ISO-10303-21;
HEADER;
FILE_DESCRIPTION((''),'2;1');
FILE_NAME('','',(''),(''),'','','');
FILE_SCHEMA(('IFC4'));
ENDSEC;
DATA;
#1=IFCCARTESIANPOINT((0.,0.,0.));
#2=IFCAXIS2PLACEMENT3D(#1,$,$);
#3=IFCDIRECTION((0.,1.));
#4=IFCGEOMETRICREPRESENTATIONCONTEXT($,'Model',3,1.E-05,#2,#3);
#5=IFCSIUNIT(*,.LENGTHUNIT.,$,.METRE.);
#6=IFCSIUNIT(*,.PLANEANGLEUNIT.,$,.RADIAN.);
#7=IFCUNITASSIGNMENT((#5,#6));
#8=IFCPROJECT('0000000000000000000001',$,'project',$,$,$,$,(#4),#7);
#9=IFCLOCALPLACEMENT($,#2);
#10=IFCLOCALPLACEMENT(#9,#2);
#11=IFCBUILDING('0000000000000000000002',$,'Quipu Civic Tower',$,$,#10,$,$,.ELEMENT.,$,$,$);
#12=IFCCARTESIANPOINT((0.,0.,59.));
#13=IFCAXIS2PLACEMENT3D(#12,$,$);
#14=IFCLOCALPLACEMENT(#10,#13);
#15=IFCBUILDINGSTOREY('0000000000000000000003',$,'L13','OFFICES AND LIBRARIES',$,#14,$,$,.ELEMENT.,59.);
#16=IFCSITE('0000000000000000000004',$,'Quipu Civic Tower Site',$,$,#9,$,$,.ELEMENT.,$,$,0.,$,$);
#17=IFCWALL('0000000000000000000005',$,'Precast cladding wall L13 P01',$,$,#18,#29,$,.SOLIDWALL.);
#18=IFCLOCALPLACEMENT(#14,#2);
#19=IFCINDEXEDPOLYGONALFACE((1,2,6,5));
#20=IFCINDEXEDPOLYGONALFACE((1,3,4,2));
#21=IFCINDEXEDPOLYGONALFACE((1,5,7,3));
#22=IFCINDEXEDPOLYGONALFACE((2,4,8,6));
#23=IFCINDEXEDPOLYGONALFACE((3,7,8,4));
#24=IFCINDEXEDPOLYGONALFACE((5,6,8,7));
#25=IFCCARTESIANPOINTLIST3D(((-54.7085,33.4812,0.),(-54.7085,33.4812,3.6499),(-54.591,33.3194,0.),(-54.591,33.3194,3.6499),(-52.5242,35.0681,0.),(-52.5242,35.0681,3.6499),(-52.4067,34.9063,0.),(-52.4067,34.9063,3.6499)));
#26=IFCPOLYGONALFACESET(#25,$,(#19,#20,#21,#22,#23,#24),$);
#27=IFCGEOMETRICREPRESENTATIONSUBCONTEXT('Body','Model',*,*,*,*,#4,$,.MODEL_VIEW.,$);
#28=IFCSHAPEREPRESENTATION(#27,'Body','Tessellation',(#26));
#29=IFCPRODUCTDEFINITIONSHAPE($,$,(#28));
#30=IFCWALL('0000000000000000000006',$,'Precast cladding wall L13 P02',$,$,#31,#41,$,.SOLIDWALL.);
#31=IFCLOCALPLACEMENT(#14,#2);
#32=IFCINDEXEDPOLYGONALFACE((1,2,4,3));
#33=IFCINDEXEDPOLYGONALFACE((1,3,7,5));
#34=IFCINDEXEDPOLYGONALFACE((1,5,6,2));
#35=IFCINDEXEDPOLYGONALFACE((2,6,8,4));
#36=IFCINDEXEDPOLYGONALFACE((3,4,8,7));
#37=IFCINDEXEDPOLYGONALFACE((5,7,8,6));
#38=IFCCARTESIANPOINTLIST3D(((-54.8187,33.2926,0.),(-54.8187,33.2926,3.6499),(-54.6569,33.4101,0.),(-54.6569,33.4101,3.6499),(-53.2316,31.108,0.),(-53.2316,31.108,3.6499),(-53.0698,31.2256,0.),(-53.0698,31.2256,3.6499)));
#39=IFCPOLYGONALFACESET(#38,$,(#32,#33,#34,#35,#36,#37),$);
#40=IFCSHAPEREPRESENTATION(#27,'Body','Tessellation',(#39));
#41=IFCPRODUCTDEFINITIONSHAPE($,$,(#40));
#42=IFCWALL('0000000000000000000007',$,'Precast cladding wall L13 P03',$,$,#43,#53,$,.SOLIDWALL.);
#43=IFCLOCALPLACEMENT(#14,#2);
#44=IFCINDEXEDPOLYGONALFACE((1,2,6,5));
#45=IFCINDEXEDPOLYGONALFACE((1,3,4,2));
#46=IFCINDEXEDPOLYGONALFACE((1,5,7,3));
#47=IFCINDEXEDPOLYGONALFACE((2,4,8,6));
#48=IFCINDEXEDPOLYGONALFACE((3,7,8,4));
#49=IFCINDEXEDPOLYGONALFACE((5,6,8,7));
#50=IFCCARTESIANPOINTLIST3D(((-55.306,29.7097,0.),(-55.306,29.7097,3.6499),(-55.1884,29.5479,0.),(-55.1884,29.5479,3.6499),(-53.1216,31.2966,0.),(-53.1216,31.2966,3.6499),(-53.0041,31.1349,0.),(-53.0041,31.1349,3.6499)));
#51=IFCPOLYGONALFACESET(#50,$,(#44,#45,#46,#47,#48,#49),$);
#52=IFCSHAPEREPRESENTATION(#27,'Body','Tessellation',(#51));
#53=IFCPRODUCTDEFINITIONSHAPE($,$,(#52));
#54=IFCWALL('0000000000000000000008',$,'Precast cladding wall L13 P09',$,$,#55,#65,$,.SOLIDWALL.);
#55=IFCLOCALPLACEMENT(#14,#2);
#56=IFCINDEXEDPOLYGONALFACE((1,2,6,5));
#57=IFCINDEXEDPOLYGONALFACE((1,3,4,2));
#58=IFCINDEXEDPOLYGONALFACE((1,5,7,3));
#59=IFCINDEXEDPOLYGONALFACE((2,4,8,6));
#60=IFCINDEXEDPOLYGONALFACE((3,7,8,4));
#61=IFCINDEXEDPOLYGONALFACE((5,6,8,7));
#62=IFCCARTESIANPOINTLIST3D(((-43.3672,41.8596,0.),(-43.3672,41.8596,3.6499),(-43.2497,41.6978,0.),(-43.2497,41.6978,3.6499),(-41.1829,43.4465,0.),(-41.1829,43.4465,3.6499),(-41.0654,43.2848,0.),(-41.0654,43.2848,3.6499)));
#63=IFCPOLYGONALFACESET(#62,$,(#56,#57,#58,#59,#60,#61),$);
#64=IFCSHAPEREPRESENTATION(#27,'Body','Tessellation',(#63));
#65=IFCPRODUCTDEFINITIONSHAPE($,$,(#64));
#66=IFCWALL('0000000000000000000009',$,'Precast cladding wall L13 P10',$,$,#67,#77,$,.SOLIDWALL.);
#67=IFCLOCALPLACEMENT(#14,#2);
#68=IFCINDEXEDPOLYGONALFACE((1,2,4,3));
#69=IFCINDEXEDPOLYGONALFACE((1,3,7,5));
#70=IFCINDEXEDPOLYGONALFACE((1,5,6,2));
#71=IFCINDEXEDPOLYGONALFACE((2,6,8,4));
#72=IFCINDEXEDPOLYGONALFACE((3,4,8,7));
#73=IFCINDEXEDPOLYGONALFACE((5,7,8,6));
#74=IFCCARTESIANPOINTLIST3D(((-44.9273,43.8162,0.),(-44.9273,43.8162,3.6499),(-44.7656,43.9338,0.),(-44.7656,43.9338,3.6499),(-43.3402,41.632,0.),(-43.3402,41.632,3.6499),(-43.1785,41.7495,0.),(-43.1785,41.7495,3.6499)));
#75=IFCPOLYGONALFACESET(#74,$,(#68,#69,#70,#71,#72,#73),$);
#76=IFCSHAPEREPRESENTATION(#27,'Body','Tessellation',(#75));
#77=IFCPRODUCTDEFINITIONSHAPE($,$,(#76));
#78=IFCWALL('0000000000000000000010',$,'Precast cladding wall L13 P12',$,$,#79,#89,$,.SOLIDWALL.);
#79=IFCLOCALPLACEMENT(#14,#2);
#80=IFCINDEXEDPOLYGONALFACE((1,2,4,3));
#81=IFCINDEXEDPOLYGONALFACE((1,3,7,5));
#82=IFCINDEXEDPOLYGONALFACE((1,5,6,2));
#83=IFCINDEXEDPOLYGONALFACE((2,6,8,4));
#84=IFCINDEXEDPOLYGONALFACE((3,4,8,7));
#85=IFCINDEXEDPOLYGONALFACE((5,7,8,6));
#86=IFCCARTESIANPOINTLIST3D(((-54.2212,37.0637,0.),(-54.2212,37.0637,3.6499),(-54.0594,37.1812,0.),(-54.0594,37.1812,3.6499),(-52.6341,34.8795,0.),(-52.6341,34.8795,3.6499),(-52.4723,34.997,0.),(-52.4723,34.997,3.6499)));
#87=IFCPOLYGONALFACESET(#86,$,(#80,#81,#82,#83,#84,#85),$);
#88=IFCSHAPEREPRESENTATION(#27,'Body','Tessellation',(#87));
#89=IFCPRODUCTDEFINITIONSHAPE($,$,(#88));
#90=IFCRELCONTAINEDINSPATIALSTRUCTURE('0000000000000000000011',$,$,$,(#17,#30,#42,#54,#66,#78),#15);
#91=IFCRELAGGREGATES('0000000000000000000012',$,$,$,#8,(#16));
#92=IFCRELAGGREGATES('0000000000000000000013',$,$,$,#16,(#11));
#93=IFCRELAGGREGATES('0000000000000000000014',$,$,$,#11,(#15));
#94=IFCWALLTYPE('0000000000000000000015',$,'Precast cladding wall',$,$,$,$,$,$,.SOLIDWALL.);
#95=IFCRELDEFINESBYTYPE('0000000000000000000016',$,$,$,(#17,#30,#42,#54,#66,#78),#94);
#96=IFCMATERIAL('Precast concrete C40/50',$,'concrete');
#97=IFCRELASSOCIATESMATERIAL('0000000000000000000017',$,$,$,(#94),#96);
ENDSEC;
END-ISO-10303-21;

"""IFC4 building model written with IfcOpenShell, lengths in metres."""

from ifc_helpers import new_model, si_unit, direction, frame, frame_2d, origin, place, context, subcontext, project, spatial, rectangle, extrude, material, type_object, element, save


model = new_model("IFC4")

# Units and contexts
model_context = context("Model", 3, precision=1e-05, world=origin(), true_north=direction((0.0, 1.0)))
body_context = subcontext(model_context, "Body", "Model", "MODEL_VIEW")
ifc_project = project(units=[si_unit("LENGTHUNIT", "METRE"), si_unit("PLANEANGLEUNIT", "RADIAN")], contexts=[model_context])

# Site, building, storey
site_placement = place(None, origin())
site = spatial("IfcSite", under=ifc_project, at=site_placement, Name="Quipu Civic Tower Site", CompositionType="ELEMENT", RefElevation=0.0)
building_placement = place(site_placement, origin())
building = spatial("IfcBuilding", under=site, at=building_placement, Name="Quipu Civic Tower", CompositionType="ELEMENT")
storey_placement = place(building_placement, frame((0.0, 0.0, 59.0)))
storey = spatial("IfcBuildingStorey", under=building, at=storey_placement, Name="L13", Description="OFFICES AND LIBRARIES", CompositionType="ELEMENT", Elevation=59.0)

# Walls
ifc_material_1 = material(Name="Precast concrete C40/50", Category="concrete")
wall_type_1 = type_object("IfcWallType", Name="Precast cladding wall", PredefinedType="SOLIDWALL", material=ifc_material_1)
wall_1_placement = place(storey_placement, frame((-52.4653, 34.9873, 0.0), z_axis=(0.0, 0.0, 1.0), x_axis=(-0.809033, -0.587763, 0.0)))
element("IfcWall", 1, at=wall_1_placement, inside=storey, type_object=wall_type_1, Name="Precast cladding wall L13 P01", PredefinedType="SOLIDWALL", context=body_context, shape_type="SweptSolid", body=[
    extrude(rectangle(XDim=2.7, YDim=0.2, at=frame_2d((1.3501, 0.0))), origin(), (0.0, 0.0, 1.0), 3.6499),
])
wall_2_placement = place(storey_placement, frame((-54.7378, 33.3513, 0.0), z_axis=(0.0, 0.0, 1.0), x_axis=(0.587779, -0.809021, 0.0)))
element("IfcWall", 2, at=wall_2_placement, inside=storey, type_object=wall_type_1, Name="Precast cladding wall L13 P02", PredefinedType="SOLIDWALL", context=body_context, shape_type="SweptSolid", body=[
    extrude(rectangle(XDim=2.7002, YDim=0.2, at=frame_2d((1.3501, 0.0))), origin(), (0.0, 0.0, 1.0), 3.6499),
])
for number, where, z_axis, x_axis, name in (
    (3, (-53.0627, 31.2158, 0.0), (0.0, 0.0, 1.0), (-0.809033, -0.587763, 0.0), "Precast cladding wall L13 P03"),
    (4, (-41.124, 43.3657, 0.0), (0.0, 0.0, 1.0), (-0.809033, -0.587763, 0.0), "Precast cladding wall L13 P09"),
    (5, (-43.2593, 41.6907, 0.0), (0.0, 0.0, 1.0), (-0.587822, 0.80899, 0.0), "Precast cladding wall L13 P10"),
    (6, (-54.1404, 37.1226, 0.0), (0.0, 0.0, 1.0), (0.587822, -0.80899, 0.0), "Precast cladding wall L13 P12"),
):
    element("IfcWall", number, at=place(storey_placement, frame(where, z_axis=z_axis, x_axis=x_axis)), inside=storey, type_object=wall_type_1, Name=name, PredefinedType="SOLIDWALL", context=body_context, shape_type="SweptSolid", body=[
        extrude(rectangle(XDim=2.7, YDim=0.2, at=frame_2d((1.3501, 0.0))), origin(), (0.0, 0.0, 1.0), 3.6499),
    ])

save(model, "model.ifc")
